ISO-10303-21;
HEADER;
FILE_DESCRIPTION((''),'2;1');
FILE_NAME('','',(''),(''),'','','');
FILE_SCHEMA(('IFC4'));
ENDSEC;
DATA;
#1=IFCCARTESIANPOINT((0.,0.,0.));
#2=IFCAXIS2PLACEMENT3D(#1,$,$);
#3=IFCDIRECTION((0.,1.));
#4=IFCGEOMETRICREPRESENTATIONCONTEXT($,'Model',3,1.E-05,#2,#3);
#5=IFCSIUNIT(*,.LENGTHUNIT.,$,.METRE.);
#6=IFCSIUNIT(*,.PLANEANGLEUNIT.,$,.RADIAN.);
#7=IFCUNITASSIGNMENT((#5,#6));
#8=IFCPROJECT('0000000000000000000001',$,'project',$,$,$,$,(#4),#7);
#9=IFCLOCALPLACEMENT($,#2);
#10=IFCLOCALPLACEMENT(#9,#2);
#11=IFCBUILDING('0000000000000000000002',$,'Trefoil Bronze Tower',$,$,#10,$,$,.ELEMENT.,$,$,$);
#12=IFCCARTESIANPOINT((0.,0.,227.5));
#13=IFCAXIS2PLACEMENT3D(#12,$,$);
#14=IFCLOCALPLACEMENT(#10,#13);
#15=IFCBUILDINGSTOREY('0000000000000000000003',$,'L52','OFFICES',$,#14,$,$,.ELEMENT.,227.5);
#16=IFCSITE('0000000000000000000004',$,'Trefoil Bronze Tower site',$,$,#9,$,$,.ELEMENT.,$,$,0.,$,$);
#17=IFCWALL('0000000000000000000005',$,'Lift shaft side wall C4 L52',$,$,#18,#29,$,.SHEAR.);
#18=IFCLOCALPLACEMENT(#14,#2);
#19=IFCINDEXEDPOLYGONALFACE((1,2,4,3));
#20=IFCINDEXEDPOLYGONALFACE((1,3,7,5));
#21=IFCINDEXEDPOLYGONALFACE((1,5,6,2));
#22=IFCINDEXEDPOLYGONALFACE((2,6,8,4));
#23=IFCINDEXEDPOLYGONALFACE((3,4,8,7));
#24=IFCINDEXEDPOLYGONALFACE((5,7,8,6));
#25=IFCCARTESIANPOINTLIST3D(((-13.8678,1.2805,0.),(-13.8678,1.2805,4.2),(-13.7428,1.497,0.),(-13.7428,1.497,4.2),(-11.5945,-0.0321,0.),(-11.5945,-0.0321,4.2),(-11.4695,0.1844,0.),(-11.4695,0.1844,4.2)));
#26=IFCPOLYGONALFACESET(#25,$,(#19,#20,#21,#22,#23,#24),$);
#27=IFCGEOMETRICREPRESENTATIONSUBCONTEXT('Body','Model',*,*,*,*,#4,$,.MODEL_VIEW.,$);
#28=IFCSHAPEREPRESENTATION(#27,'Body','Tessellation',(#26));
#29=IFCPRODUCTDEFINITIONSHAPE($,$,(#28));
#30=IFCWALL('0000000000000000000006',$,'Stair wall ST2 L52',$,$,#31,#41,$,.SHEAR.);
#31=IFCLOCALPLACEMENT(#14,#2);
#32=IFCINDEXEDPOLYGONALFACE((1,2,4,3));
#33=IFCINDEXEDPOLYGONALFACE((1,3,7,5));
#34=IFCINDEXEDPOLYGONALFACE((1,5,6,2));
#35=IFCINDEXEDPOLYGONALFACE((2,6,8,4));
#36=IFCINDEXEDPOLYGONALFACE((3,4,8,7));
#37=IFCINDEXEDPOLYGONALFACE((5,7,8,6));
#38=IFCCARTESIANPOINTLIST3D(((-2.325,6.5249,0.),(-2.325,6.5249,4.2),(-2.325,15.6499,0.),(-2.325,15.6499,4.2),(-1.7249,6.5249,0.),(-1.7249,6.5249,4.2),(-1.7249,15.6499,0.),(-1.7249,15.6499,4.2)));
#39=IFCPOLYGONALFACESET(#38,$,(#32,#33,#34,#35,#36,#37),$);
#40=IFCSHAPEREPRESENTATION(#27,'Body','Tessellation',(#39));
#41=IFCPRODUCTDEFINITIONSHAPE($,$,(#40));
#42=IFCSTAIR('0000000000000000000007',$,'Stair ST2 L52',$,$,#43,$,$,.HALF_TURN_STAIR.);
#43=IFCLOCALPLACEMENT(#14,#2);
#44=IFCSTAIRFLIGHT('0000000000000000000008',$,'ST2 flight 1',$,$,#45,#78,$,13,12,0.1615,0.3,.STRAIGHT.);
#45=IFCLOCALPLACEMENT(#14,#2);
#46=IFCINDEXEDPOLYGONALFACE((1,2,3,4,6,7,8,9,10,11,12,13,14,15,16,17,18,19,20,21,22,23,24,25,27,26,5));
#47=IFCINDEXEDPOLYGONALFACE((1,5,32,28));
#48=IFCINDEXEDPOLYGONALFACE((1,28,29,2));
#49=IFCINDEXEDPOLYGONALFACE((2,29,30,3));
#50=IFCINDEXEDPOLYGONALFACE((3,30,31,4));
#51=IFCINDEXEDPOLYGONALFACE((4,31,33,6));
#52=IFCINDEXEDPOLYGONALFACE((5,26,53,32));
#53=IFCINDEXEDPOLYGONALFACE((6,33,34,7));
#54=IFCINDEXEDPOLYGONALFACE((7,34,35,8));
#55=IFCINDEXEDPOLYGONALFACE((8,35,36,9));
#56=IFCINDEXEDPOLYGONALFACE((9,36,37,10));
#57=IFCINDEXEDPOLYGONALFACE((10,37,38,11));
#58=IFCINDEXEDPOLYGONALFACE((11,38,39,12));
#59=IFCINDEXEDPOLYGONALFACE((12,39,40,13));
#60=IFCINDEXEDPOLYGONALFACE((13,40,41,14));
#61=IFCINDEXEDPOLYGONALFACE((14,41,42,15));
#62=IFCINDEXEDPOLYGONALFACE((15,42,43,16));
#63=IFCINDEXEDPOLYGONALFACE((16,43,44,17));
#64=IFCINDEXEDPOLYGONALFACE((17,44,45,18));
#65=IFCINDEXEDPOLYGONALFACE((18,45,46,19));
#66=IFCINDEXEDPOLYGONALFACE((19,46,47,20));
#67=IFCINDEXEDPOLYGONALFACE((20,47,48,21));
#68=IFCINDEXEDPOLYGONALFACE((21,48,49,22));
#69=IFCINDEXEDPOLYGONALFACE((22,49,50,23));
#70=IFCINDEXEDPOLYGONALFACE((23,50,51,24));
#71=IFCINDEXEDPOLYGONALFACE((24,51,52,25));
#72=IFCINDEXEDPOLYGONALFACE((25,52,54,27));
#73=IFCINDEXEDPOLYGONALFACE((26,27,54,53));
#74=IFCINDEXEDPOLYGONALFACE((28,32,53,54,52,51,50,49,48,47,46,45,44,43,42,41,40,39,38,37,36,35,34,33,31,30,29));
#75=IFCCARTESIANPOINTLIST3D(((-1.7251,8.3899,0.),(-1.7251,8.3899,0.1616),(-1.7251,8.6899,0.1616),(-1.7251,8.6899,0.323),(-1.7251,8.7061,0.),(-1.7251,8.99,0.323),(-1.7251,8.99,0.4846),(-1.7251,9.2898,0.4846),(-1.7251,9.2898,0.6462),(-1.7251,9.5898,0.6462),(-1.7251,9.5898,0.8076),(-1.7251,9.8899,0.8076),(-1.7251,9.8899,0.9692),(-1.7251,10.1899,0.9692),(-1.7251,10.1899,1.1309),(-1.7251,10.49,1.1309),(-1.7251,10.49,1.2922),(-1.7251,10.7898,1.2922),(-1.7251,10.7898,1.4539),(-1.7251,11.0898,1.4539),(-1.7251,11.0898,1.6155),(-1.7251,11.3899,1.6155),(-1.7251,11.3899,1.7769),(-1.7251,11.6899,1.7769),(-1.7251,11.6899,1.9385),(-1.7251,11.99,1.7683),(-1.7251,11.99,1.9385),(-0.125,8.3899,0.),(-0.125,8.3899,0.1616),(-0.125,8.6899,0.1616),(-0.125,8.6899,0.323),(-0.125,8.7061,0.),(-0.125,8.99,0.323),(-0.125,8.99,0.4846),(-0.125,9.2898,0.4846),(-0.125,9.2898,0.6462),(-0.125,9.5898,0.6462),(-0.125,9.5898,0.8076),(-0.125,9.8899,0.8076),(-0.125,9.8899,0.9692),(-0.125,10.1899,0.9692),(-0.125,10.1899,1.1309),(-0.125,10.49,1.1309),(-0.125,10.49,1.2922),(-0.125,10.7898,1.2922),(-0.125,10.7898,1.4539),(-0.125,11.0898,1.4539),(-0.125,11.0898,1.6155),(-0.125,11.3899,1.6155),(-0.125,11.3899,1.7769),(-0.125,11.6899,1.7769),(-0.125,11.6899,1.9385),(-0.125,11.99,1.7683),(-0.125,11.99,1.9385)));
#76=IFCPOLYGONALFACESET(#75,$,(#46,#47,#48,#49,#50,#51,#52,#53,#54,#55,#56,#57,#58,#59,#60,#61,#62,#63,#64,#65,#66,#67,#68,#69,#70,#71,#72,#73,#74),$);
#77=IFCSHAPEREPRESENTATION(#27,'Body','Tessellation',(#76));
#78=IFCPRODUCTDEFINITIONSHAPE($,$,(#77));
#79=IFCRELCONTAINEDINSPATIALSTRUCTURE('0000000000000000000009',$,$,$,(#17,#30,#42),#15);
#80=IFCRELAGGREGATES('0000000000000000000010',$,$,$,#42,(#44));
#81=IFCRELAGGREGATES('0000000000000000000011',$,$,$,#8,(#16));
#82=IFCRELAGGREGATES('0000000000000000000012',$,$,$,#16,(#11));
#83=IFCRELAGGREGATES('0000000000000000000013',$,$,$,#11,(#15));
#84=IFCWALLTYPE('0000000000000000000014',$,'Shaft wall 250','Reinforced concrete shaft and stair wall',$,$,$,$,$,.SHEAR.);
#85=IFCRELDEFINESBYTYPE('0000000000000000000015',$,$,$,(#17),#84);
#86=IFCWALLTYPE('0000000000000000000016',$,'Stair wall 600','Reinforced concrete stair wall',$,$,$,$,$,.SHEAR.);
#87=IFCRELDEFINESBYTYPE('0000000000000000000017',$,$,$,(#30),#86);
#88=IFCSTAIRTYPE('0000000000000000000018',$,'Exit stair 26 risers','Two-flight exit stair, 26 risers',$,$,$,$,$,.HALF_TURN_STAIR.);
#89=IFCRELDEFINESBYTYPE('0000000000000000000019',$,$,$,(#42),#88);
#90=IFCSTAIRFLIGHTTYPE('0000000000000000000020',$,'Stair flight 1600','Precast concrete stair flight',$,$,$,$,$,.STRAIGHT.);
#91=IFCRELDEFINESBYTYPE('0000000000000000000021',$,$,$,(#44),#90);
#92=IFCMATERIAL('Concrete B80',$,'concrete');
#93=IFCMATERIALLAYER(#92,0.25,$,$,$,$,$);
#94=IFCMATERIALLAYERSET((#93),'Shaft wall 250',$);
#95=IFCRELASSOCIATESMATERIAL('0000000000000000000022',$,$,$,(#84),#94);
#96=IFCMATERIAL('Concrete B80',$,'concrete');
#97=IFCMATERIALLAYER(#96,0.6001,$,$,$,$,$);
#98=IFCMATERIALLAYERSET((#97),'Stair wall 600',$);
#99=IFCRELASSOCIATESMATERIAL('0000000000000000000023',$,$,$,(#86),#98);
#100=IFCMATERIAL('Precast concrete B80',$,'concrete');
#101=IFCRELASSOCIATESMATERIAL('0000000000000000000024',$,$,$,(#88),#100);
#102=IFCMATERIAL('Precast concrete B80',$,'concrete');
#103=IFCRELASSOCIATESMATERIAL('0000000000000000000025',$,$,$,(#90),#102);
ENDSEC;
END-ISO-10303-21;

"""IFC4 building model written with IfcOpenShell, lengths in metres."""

from ifc_helpers import new_model, si_unit, direction, frame, frame_2d, origin, place, context, subcontext, project, spatial, polyline, rectangle, outline, extrude, material, layer, layer_set, type_object, element, aggregate, save


model = new_model("IFC4")

# Units and contexts
model_context = context("Model", 3, precision=1e-05, world=origin(), true_north=direction((0.0, 1.0)))
body_context = subcontext(model_context, "Body", "Model", "MODEL_VIEW")
ifc_project = project(units=[si_unit("LENGTHUNIT", "METRE"), si_unit("PLANEANGLEUNIT", "RADIAN")], contexts=[model_context])

# Site, building, storey
site_placement = place(None, origin())
site = spatial("IfcSite", under=ifc_project, at=site_placement, Name="Trefoil Bronze Tower site", CompositionType="ELEMENT", RefElevation=0.0)
building_placement = place(site_placement, origin())
building = spatial("IfcBuilding", under=site, at=building_placement, Name="Trefoil Bronze Tower", CompositionType="ELEMENT")
storey_placement = place(building_placement, frame((0.0, 0.0, 227.5)))
storey = spatial("IfcBuildingStorey", under=building, at=storey_placement, Name="L52", Description="OFFICES", CompositionType="ELEMENT", Elevation=227.5)

# Shared definitions
ifc_material_1 = material(Name="Concrete B80", Category="concrete")
ifc_layer_1 = layer(ifc_material_1, 0.25)
ifc_layer_set_1 = layer_set([ifc_layer_1], Name="Shaft wall 250")
wall_type_1 = type_object("IfcWallType", Name="Shaft wall 250", Description="Reinforced concrete shaft and stair wall", PredefinedType="SHEAR", material=ifc_layer_set_1)

# Walls
for number, where, z_axis, x_axis, name in (
    (1, (-11.532, 0.0762, 0.0), (0.0, 0.0, 1.0), (-0.866014, 0.50002, 0.0), "Lift shaft side wall C4 L52"),
):
    element("IfcWall", number, at=place(storey_placement, frame(where, z_axis=z_axis, x_axis=x_axis)), inside=storey, type_object=wall_type_1, Name=name, PredefinedType="SHEAR", context=body_context, shape_type="SweptSolid", body=[
        extrude(rectangle(XDim=2.625, YDim=0.25, at=frame_2d((1.3125, 0.0))), origin(), (0.0, 0.0, 1.0), 4.2),
    ])
ifc_material_2 = material(Name="Concrete B80", Category="concrete")
ifc_layer_2 = layer(ifc_material_2, 0.6001)
ifc_layer_set_2 = layer_set([ifc_layer_2], Name="Stair wall 600")
wall_type_2 = type_object("IfcWallType", Name="Stair wall 600", Description="Reinforced concrete stair wall", PredefinedType="SHEAR", material=ifc_layer_set_2)
wall_1_placement = place(storey_placement, frame((-2.0249, 6.5249, 0.0), z_axis=(0.0, 0.0, 1.0), x_axis=(0.0, 1.0, 0.0)))
element("IfcWall", 2, at=wall_1_placement, inside=storey, type_object=wall_type_2, Name="Stair wall ST2 L52", PredefinedType="SHEAR", context=body_context, shape_type="SweptSolid", body=[
    extrude(rectangle(XDim=9.125, YDim=0.6001, at=frame_2d((4.5625, 0.0))), origin(), (0.0, 0.0, 1.0), 4.2),
])

# Stair, stair flight
ifc_material_3 = material(Name="Precast concrete B80", Category="concrete")
stair_type = type_object("IfcStairType", Name="Exit stair 26 risers", Description="Two-flight exit stair, 26 risers", PredefinedType="HALF_TURN_STAIR", material=ifc_material_3)
stair_placement = place(storey_placement, origin())
stair = element("IfcStair", 3, at=stair_placement, inside=storey, type_object=stair_type, Name="Stair ST2 L52", PredefinedType="HALF_TURN_STAIR")
ifc_material_4 = material(Name="Precast concrete B80", Category="concrete")
stair_flight_type = type_object("IfcStairFlightType", Name="Stair flight 1600", Description="Precast concrete stair flight", PredefinedType="STRAIGHT", material=ifc_material_4)
stair_flight_placement = place(storey_placement, frame((-0.925, 8.3899, 0.0), z_axis=(0.0, 0.0, 1.0), x_axis=(0.0, 1.0, 0.0)))
stair_flight = element("IfcStairFlight", 4, at=stair_flight_placement, type_object=stair_flight_type, Name="ST2 flight 1", NumberOfRisers=13, NumberOfTreads=12, PredefinedType="STRAIGHT", RiserHeight=0.1615, TreadLength=0.3, context=body_context, shape_type="SweptSolid", body=[
    extrude(outline(polyline([(0.0, 0.0), (0.0, 0.1616), (0.3, 0.1616), (0.3, 0.323), (0.6001, 0.323), (0.6001, 0.4846), (0.8999, 0.4846), (0.8999, 0.6462), (1.2, 0.6462), (1.2, 0.8076), (1.5, 0.8076), (1.5, 0.9692), (1.8, 0.9692), (1.8, 1.1309), (2.1001, 1.1309), (2.1001, 1.2922), (2.3999, 1.2922), (2.3999, 1.4539), (2.7, 1.4539), (2.7, 1.6155), (3.0, 1.6155), (3.0, 1.7769), (3.3, 1.7769), (3.3, 1.9385), (3.6001, 1.9385), (3.6001, 2.1001), (3.6001, 1.7683), (0.3162, 0.0), (0.0, 0.0)])), frame((0.0, 0.8, 0.0), z_axis=(0.0, -1.0, 0.0), x_axis=(1.0, 0.0, 0.0)), (0.0, 0.0, 1.0), 1.6001),
])
aggregate(stair, [stair_flight])

save(model, "model.ifc")
